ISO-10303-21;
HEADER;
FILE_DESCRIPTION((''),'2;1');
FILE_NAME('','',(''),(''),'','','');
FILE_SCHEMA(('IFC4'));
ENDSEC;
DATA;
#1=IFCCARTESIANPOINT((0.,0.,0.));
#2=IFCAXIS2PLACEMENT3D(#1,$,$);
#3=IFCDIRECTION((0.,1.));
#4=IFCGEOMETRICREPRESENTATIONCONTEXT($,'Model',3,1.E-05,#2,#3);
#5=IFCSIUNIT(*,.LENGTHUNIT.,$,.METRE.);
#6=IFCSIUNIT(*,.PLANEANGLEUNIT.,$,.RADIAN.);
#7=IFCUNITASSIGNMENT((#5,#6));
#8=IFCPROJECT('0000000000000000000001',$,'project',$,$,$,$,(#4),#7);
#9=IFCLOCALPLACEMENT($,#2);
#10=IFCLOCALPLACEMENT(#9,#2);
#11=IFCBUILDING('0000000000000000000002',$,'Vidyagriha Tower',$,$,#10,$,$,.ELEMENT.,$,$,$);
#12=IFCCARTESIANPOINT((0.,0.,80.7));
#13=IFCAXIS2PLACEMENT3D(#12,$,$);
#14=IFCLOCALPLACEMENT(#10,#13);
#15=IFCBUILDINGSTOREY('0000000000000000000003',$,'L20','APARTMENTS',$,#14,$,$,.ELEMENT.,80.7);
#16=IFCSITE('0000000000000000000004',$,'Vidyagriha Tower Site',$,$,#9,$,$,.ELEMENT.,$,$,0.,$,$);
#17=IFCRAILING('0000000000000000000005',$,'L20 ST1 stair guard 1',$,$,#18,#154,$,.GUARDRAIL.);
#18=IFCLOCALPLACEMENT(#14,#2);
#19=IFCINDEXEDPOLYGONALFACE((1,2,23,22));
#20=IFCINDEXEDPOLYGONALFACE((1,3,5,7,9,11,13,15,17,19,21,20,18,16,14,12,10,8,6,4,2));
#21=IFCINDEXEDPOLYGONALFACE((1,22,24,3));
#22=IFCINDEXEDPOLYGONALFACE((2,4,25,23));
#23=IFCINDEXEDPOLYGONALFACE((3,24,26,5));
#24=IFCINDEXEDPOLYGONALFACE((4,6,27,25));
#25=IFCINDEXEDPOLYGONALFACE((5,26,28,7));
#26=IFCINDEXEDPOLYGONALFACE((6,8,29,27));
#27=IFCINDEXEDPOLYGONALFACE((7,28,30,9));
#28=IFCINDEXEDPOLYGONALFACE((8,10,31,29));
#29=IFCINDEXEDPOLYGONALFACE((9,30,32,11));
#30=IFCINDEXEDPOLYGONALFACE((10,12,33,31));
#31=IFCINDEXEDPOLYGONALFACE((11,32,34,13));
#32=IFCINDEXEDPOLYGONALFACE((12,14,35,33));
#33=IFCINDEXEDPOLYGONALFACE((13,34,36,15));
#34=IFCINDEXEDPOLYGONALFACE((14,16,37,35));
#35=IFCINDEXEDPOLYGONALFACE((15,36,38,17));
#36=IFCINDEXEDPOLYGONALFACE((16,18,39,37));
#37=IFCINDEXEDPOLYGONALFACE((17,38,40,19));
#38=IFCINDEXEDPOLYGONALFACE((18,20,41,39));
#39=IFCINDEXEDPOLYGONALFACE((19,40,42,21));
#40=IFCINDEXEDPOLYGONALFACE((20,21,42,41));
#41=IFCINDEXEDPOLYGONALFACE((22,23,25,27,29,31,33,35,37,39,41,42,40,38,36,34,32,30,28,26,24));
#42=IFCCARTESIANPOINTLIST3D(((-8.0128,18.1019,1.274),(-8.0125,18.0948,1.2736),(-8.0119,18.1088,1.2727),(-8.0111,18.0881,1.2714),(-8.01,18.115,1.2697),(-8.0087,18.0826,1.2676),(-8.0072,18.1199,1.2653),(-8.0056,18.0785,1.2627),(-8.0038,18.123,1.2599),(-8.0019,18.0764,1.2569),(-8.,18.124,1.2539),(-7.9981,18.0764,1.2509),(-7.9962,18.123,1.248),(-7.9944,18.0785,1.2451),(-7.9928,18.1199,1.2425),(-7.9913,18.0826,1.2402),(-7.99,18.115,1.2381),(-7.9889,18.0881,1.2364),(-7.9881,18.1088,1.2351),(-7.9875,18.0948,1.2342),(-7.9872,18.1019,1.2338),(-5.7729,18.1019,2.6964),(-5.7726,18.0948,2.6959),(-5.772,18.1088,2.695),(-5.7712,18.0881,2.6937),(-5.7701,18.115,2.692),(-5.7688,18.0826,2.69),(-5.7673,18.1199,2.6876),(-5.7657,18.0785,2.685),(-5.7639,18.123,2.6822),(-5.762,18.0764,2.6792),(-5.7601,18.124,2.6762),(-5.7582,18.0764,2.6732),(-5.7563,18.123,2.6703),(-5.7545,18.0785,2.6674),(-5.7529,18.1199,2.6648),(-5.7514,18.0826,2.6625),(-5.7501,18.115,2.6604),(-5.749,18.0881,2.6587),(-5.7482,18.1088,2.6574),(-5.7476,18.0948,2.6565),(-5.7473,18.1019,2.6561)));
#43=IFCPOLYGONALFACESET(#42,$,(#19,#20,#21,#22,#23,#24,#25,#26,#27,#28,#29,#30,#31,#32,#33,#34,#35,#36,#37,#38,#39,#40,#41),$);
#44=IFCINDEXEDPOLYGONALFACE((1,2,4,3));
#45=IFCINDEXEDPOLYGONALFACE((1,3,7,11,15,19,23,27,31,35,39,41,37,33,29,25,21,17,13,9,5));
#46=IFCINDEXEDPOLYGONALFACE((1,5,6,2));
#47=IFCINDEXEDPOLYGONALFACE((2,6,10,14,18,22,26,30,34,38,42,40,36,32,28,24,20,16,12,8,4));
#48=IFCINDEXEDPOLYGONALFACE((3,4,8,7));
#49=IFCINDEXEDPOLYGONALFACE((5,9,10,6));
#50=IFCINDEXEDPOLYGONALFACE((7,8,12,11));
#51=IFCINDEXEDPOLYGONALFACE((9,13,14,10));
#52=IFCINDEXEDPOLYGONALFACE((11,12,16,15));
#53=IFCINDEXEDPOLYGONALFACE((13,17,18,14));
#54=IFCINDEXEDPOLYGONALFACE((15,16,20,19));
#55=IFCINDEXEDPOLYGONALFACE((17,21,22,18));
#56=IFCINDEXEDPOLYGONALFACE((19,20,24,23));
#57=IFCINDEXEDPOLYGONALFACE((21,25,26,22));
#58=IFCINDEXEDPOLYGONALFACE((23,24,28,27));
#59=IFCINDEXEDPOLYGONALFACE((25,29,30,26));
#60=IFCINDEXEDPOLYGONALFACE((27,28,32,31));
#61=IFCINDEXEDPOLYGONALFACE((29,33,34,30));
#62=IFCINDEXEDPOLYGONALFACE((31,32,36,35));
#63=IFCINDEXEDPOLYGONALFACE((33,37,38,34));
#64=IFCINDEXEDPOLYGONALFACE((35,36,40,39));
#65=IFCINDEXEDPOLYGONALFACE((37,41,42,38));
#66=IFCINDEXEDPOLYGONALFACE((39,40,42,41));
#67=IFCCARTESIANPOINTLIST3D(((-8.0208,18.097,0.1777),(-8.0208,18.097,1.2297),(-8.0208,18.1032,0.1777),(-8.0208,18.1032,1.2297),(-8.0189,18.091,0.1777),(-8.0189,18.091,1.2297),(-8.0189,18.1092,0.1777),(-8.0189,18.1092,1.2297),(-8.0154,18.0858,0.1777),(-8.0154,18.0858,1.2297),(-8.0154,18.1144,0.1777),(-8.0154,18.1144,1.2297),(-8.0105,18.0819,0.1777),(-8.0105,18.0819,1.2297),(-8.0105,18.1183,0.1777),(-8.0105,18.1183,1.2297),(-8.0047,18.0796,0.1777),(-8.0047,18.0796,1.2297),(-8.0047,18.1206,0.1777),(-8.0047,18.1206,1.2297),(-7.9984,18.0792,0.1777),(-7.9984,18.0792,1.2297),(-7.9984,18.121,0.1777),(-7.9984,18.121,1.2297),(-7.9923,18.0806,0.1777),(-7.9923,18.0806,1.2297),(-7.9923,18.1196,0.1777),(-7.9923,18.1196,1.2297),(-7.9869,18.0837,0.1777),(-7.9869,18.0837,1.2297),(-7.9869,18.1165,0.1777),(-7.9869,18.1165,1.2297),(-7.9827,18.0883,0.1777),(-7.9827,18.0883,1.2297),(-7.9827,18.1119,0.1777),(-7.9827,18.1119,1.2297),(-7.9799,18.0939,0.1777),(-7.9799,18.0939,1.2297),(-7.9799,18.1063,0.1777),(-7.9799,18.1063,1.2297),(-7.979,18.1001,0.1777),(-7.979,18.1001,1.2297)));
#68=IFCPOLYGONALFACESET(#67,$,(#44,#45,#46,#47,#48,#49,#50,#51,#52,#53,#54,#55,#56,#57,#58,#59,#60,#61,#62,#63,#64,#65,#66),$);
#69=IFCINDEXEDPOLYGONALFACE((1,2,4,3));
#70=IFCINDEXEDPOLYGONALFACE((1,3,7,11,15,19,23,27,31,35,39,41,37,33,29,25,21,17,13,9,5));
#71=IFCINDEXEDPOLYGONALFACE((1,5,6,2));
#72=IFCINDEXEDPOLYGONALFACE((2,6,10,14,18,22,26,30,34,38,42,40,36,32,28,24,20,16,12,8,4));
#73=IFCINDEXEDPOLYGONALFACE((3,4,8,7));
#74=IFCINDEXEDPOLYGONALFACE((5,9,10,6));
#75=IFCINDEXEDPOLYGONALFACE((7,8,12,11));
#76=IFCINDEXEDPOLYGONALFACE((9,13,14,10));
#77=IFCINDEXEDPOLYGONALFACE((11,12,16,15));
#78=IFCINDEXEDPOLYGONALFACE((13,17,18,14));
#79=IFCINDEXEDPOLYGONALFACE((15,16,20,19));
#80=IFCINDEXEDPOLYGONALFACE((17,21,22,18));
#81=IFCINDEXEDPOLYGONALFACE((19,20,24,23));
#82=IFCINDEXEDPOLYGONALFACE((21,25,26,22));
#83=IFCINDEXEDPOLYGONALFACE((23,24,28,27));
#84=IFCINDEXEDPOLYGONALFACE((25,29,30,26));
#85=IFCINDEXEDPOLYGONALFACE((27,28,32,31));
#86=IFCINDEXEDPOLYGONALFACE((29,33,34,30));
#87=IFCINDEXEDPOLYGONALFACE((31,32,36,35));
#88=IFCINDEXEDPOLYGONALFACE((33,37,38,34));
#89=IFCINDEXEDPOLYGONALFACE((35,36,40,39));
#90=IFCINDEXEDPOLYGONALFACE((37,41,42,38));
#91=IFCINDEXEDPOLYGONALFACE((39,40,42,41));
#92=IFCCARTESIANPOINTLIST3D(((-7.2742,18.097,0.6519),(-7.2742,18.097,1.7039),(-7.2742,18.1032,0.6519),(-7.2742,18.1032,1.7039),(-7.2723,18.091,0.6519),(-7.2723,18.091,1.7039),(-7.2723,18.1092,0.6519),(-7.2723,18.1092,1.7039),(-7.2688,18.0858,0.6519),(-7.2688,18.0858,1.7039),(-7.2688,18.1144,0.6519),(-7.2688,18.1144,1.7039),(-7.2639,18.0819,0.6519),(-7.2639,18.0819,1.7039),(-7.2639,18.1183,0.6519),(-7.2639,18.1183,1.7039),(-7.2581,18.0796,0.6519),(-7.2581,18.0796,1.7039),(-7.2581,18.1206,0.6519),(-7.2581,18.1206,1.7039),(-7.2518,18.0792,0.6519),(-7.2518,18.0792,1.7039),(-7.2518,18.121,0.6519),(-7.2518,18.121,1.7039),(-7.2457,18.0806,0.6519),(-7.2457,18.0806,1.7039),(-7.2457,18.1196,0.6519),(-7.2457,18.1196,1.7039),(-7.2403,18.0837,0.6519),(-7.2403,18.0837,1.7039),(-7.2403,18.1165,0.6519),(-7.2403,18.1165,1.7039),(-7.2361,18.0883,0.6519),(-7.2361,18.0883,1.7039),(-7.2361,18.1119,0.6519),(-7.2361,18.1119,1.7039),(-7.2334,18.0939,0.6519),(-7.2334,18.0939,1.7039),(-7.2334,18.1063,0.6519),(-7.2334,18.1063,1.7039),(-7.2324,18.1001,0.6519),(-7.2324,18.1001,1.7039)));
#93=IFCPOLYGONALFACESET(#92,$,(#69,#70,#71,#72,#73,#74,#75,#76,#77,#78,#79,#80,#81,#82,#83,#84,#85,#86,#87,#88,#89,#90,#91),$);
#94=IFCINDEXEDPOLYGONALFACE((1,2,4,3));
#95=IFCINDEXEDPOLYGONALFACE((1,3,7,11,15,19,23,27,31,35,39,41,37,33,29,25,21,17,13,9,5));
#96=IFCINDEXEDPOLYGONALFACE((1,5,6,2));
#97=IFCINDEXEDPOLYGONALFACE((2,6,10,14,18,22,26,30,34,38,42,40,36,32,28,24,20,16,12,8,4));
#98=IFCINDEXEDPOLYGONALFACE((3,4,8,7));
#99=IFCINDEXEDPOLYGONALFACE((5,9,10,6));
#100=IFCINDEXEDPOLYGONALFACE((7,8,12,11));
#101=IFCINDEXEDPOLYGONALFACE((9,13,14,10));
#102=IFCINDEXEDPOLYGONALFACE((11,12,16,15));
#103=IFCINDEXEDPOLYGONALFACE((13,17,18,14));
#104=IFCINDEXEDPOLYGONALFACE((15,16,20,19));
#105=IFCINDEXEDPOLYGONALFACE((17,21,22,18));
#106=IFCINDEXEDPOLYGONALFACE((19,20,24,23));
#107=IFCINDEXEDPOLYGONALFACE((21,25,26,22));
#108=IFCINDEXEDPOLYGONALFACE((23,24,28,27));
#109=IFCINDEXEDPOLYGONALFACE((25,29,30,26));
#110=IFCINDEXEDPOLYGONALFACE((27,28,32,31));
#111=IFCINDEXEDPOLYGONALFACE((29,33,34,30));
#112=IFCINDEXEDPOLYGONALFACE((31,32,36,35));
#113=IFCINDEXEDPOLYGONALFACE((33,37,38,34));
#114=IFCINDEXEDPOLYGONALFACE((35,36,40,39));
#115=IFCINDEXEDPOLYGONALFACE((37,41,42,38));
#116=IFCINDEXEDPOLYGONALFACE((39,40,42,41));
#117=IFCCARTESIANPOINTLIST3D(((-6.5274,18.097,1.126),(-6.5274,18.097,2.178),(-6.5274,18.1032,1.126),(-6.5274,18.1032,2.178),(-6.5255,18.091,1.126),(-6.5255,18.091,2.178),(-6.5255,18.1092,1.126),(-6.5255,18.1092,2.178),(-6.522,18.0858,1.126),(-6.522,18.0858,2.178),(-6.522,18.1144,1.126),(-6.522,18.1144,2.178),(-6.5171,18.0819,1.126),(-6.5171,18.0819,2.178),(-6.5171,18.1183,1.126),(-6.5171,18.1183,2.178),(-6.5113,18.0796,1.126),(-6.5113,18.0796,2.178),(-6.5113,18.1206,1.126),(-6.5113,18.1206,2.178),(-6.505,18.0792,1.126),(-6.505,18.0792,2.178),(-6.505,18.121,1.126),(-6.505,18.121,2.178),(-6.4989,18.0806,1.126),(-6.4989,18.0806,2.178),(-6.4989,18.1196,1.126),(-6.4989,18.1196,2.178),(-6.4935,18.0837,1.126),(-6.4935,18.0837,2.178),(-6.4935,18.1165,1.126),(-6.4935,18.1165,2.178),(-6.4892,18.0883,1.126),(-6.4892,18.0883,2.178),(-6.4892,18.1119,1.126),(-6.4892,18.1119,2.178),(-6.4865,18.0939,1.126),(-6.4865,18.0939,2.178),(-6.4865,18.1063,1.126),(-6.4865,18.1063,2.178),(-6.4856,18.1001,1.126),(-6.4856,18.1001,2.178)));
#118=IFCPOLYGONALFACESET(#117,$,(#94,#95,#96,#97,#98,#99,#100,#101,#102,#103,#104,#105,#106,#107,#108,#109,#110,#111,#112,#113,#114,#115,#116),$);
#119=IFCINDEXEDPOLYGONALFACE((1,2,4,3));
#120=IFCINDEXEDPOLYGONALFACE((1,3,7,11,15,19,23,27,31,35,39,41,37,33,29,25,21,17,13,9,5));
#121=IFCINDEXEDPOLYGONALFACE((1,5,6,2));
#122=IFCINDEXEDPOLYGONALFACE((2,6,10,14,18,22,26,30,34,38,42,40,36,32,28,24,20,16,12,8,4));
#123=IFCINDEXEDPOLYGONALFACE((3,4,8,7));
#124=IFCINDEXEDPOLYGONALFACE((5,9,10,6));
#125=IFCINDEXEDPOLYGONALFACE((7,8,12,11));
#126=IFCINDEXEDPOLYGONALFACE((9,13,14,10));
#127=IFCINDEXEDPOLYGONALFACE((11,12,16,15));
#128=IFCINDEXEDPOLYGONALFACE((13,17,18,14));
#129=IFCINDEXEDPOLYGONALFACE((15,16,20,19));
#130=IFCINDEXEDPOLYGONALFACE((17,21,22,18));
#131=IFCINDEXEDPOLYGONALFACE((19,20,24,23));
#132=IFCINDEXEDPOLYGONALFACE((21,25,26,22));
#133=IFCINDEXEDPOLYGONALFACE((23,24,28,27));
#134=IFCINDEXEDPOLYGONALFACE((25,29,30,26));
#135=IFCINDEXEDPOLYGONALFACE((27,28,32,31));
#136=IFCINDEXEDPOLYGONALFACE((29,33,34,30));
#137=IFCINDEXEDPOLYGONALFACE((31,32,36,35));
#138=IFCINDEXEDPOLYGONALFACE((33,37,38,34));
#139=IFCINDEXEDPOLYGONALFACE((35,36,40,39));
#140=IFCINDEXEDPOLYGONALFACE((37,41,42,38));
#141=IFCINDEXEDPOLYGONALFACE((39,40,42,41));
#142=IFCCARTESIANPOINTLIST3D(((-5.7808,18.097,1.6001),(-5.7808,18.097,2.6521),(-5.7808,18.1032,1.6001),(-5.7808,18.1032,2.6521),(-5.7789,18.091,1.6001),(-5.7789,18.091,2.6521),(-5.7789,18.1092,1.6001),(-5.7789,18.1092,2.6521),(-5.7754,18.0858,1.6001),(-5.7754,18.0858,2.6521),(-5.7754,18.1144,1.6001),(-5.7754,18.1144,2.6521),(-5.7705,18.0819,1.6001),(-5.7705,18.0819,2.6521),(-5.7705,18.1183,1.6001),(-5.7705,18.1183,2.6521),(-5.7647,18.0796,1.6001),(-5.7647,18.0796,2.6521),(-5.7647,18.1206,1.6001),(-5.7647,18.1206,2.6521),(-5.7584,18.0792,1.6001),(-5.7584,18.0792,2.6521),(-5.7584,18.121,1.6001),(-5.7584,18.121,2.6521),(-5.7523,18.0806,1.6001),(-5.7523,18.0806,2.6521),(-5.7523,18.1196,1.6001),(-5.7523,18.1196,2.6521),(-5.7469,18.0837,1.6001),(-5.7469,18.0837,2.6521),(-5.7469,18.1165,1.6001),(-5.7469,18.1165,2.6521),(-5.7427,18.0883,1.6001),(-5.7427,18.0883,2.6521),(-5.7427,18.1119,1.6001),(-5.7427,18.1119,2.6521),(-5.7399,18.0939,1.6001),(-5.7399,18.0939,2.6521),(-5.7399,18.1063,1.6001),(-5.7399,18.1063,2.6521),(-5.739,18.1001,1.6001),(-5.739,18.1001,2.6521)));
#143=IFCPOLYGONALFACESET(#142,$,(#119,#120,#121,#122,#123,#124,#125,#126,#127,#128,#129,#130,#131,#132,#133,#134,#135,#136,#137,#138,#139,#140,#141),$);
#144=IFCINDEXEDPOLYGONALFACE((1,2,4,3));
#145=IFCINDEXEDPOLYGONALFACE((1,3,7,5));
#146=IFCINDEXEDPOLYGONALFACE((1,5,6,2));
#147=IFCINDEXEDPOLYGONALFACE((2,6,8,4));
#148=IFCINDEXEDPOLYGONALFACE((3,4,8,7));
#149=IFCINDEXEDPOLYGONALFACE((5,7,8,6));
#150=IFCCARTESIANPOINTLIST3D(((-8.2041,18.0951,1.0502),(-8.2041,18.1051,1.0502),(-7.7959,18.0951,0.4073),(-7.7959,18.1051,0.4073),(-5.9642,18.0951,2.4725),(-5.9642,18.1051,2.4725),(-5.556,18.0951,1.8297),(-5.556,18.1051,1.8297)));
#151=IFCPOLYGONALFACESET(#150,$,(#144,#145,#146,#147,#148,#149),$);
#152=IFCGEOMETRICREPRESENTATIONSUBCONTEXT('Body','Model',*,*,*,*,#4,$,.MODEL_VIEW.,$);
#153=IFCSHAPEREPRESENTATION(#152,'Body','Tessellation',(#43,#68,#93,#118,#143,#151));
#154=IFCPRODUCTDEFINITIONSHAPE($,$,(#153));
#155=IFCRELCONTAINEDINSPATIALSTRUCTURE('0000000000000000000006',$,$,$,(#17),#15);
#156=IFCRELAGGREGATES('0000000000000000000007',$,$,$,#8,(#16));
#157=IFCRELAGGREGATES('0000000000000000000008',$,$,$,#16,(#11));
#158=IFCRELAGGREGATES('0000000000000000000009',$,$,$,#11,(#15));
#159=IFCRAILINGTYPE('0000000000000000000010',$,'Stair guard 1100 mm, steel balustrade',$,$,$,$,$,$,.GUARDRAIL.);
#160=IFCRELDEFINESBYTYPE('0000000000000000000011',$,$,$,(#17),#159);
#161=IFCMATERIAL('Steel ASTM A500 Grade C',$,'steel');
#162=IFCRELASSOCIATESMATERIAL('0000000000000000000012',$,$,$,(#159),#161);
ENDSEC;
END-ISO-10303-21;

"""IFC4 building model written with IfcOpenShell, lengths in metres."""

from ifc_helpers import new_model, si_unit, direction, frame, origin, origin_2d, place, context, subcontext, project, spatial, rectangle, circle, extrude, material, type_object, element, save


model = new_model("IFC4")

# Units and contexts
model_context = context("Model", 3, precision=1e-05, world=origin(), true_north=direction((0.0, 1.0)))
body_context = subcontext(model_context, "Body", "Model", "MODEL_VIEW")
ifc_project = project(units=[si_unit("LENGTHUNIT", "METRE"), si_unit("PLANEANGLEUNIT", "RADIAN")], contexts=[model_context])

# Site, building, storey
site_placement = place(None, origin())
site = spatial("IfcSite", under=ifc_project, at=site_placement, Name="Vidyagriha Tower Site", CompositionType="ELEMENT", RefElevation=0.0)
building_placement = place(site_placement, origin())
building = spatial("IfcBuilding", under=site, at=building_placement, Name="Vidyagriha Tower", CompositionType="ELEMENT")
storey_placement = place(building_placement, frame((0.0, 0.0, 80.7)))
storey = spatial("IfcBuildingStorey", under=building, at=storey_placement, Name="L20", Description="APARTMENTS", CompositionType="ELEMENT", Elevation=80.7)

# Railing
ifc_material_1 = material(Name="Steel ASTM A500 Grade C", Category="steel")
railing_type_1 = type_object("IfcRailingType", Name="Stair guard 1100 mm, steel balustrade", PredefinedType="GUARDRAIL", material=ifc_material_1)
railing_1_placement = place(storey_placement, frame((-8.0, 18.1001, 0.1777)))
element("IfcRailing", 1, at=railing_1_placement, inside=storey, type_object=railing_type_1, Name="L20 ST1 stair guard 1", PredefinedType="GUARDRAIL", context=body_context, shape_type="SweptSolid", body=[
    extrude(circle(Radius=0.0239, at=origin_2d()), frame((0.0, 0.0, 1.0762), z_axis=(0.844188, 0.0, 0.536048), x_axis=(0.0, 1.0, 0.0)), (0.0, 0.0, 1.0), 2.6533),
    extrude(circle(Radius=0.021, at=origin_2d()), origin(), (0.0, 0.0, 1.0), 1.052),
    extrude(circle(Radius=0.021, at=origin_2d()), frame((0.7466, 0.0, 0.4741)), (0.0, 0.0, 1.0), 1.052),
    extrude(circle(Radius=0.021, at=origin_2d()), frame((1.4934, 0.0, 0.9482)), (0.0, 0.0, 1.0), 1.052),
    extrude(circle(Radius=0.021, at=origin_2d()), frame((2.24, 0.0, 1.4224)), (0.0, 0.0, 1.0), 1.052),
    extrude(rectangle(XDim=0.01, YDim=0.7615, at=origin_2d()), frame((0.0, 0.0, 0.551), z_axis=(0.844188, 0.0, 0.536048), x_axis=(0.0, 1.0, 0.0)), (0.0, 0.0, 1.0), 2.6533),
])

save(model, "model.ifc")
